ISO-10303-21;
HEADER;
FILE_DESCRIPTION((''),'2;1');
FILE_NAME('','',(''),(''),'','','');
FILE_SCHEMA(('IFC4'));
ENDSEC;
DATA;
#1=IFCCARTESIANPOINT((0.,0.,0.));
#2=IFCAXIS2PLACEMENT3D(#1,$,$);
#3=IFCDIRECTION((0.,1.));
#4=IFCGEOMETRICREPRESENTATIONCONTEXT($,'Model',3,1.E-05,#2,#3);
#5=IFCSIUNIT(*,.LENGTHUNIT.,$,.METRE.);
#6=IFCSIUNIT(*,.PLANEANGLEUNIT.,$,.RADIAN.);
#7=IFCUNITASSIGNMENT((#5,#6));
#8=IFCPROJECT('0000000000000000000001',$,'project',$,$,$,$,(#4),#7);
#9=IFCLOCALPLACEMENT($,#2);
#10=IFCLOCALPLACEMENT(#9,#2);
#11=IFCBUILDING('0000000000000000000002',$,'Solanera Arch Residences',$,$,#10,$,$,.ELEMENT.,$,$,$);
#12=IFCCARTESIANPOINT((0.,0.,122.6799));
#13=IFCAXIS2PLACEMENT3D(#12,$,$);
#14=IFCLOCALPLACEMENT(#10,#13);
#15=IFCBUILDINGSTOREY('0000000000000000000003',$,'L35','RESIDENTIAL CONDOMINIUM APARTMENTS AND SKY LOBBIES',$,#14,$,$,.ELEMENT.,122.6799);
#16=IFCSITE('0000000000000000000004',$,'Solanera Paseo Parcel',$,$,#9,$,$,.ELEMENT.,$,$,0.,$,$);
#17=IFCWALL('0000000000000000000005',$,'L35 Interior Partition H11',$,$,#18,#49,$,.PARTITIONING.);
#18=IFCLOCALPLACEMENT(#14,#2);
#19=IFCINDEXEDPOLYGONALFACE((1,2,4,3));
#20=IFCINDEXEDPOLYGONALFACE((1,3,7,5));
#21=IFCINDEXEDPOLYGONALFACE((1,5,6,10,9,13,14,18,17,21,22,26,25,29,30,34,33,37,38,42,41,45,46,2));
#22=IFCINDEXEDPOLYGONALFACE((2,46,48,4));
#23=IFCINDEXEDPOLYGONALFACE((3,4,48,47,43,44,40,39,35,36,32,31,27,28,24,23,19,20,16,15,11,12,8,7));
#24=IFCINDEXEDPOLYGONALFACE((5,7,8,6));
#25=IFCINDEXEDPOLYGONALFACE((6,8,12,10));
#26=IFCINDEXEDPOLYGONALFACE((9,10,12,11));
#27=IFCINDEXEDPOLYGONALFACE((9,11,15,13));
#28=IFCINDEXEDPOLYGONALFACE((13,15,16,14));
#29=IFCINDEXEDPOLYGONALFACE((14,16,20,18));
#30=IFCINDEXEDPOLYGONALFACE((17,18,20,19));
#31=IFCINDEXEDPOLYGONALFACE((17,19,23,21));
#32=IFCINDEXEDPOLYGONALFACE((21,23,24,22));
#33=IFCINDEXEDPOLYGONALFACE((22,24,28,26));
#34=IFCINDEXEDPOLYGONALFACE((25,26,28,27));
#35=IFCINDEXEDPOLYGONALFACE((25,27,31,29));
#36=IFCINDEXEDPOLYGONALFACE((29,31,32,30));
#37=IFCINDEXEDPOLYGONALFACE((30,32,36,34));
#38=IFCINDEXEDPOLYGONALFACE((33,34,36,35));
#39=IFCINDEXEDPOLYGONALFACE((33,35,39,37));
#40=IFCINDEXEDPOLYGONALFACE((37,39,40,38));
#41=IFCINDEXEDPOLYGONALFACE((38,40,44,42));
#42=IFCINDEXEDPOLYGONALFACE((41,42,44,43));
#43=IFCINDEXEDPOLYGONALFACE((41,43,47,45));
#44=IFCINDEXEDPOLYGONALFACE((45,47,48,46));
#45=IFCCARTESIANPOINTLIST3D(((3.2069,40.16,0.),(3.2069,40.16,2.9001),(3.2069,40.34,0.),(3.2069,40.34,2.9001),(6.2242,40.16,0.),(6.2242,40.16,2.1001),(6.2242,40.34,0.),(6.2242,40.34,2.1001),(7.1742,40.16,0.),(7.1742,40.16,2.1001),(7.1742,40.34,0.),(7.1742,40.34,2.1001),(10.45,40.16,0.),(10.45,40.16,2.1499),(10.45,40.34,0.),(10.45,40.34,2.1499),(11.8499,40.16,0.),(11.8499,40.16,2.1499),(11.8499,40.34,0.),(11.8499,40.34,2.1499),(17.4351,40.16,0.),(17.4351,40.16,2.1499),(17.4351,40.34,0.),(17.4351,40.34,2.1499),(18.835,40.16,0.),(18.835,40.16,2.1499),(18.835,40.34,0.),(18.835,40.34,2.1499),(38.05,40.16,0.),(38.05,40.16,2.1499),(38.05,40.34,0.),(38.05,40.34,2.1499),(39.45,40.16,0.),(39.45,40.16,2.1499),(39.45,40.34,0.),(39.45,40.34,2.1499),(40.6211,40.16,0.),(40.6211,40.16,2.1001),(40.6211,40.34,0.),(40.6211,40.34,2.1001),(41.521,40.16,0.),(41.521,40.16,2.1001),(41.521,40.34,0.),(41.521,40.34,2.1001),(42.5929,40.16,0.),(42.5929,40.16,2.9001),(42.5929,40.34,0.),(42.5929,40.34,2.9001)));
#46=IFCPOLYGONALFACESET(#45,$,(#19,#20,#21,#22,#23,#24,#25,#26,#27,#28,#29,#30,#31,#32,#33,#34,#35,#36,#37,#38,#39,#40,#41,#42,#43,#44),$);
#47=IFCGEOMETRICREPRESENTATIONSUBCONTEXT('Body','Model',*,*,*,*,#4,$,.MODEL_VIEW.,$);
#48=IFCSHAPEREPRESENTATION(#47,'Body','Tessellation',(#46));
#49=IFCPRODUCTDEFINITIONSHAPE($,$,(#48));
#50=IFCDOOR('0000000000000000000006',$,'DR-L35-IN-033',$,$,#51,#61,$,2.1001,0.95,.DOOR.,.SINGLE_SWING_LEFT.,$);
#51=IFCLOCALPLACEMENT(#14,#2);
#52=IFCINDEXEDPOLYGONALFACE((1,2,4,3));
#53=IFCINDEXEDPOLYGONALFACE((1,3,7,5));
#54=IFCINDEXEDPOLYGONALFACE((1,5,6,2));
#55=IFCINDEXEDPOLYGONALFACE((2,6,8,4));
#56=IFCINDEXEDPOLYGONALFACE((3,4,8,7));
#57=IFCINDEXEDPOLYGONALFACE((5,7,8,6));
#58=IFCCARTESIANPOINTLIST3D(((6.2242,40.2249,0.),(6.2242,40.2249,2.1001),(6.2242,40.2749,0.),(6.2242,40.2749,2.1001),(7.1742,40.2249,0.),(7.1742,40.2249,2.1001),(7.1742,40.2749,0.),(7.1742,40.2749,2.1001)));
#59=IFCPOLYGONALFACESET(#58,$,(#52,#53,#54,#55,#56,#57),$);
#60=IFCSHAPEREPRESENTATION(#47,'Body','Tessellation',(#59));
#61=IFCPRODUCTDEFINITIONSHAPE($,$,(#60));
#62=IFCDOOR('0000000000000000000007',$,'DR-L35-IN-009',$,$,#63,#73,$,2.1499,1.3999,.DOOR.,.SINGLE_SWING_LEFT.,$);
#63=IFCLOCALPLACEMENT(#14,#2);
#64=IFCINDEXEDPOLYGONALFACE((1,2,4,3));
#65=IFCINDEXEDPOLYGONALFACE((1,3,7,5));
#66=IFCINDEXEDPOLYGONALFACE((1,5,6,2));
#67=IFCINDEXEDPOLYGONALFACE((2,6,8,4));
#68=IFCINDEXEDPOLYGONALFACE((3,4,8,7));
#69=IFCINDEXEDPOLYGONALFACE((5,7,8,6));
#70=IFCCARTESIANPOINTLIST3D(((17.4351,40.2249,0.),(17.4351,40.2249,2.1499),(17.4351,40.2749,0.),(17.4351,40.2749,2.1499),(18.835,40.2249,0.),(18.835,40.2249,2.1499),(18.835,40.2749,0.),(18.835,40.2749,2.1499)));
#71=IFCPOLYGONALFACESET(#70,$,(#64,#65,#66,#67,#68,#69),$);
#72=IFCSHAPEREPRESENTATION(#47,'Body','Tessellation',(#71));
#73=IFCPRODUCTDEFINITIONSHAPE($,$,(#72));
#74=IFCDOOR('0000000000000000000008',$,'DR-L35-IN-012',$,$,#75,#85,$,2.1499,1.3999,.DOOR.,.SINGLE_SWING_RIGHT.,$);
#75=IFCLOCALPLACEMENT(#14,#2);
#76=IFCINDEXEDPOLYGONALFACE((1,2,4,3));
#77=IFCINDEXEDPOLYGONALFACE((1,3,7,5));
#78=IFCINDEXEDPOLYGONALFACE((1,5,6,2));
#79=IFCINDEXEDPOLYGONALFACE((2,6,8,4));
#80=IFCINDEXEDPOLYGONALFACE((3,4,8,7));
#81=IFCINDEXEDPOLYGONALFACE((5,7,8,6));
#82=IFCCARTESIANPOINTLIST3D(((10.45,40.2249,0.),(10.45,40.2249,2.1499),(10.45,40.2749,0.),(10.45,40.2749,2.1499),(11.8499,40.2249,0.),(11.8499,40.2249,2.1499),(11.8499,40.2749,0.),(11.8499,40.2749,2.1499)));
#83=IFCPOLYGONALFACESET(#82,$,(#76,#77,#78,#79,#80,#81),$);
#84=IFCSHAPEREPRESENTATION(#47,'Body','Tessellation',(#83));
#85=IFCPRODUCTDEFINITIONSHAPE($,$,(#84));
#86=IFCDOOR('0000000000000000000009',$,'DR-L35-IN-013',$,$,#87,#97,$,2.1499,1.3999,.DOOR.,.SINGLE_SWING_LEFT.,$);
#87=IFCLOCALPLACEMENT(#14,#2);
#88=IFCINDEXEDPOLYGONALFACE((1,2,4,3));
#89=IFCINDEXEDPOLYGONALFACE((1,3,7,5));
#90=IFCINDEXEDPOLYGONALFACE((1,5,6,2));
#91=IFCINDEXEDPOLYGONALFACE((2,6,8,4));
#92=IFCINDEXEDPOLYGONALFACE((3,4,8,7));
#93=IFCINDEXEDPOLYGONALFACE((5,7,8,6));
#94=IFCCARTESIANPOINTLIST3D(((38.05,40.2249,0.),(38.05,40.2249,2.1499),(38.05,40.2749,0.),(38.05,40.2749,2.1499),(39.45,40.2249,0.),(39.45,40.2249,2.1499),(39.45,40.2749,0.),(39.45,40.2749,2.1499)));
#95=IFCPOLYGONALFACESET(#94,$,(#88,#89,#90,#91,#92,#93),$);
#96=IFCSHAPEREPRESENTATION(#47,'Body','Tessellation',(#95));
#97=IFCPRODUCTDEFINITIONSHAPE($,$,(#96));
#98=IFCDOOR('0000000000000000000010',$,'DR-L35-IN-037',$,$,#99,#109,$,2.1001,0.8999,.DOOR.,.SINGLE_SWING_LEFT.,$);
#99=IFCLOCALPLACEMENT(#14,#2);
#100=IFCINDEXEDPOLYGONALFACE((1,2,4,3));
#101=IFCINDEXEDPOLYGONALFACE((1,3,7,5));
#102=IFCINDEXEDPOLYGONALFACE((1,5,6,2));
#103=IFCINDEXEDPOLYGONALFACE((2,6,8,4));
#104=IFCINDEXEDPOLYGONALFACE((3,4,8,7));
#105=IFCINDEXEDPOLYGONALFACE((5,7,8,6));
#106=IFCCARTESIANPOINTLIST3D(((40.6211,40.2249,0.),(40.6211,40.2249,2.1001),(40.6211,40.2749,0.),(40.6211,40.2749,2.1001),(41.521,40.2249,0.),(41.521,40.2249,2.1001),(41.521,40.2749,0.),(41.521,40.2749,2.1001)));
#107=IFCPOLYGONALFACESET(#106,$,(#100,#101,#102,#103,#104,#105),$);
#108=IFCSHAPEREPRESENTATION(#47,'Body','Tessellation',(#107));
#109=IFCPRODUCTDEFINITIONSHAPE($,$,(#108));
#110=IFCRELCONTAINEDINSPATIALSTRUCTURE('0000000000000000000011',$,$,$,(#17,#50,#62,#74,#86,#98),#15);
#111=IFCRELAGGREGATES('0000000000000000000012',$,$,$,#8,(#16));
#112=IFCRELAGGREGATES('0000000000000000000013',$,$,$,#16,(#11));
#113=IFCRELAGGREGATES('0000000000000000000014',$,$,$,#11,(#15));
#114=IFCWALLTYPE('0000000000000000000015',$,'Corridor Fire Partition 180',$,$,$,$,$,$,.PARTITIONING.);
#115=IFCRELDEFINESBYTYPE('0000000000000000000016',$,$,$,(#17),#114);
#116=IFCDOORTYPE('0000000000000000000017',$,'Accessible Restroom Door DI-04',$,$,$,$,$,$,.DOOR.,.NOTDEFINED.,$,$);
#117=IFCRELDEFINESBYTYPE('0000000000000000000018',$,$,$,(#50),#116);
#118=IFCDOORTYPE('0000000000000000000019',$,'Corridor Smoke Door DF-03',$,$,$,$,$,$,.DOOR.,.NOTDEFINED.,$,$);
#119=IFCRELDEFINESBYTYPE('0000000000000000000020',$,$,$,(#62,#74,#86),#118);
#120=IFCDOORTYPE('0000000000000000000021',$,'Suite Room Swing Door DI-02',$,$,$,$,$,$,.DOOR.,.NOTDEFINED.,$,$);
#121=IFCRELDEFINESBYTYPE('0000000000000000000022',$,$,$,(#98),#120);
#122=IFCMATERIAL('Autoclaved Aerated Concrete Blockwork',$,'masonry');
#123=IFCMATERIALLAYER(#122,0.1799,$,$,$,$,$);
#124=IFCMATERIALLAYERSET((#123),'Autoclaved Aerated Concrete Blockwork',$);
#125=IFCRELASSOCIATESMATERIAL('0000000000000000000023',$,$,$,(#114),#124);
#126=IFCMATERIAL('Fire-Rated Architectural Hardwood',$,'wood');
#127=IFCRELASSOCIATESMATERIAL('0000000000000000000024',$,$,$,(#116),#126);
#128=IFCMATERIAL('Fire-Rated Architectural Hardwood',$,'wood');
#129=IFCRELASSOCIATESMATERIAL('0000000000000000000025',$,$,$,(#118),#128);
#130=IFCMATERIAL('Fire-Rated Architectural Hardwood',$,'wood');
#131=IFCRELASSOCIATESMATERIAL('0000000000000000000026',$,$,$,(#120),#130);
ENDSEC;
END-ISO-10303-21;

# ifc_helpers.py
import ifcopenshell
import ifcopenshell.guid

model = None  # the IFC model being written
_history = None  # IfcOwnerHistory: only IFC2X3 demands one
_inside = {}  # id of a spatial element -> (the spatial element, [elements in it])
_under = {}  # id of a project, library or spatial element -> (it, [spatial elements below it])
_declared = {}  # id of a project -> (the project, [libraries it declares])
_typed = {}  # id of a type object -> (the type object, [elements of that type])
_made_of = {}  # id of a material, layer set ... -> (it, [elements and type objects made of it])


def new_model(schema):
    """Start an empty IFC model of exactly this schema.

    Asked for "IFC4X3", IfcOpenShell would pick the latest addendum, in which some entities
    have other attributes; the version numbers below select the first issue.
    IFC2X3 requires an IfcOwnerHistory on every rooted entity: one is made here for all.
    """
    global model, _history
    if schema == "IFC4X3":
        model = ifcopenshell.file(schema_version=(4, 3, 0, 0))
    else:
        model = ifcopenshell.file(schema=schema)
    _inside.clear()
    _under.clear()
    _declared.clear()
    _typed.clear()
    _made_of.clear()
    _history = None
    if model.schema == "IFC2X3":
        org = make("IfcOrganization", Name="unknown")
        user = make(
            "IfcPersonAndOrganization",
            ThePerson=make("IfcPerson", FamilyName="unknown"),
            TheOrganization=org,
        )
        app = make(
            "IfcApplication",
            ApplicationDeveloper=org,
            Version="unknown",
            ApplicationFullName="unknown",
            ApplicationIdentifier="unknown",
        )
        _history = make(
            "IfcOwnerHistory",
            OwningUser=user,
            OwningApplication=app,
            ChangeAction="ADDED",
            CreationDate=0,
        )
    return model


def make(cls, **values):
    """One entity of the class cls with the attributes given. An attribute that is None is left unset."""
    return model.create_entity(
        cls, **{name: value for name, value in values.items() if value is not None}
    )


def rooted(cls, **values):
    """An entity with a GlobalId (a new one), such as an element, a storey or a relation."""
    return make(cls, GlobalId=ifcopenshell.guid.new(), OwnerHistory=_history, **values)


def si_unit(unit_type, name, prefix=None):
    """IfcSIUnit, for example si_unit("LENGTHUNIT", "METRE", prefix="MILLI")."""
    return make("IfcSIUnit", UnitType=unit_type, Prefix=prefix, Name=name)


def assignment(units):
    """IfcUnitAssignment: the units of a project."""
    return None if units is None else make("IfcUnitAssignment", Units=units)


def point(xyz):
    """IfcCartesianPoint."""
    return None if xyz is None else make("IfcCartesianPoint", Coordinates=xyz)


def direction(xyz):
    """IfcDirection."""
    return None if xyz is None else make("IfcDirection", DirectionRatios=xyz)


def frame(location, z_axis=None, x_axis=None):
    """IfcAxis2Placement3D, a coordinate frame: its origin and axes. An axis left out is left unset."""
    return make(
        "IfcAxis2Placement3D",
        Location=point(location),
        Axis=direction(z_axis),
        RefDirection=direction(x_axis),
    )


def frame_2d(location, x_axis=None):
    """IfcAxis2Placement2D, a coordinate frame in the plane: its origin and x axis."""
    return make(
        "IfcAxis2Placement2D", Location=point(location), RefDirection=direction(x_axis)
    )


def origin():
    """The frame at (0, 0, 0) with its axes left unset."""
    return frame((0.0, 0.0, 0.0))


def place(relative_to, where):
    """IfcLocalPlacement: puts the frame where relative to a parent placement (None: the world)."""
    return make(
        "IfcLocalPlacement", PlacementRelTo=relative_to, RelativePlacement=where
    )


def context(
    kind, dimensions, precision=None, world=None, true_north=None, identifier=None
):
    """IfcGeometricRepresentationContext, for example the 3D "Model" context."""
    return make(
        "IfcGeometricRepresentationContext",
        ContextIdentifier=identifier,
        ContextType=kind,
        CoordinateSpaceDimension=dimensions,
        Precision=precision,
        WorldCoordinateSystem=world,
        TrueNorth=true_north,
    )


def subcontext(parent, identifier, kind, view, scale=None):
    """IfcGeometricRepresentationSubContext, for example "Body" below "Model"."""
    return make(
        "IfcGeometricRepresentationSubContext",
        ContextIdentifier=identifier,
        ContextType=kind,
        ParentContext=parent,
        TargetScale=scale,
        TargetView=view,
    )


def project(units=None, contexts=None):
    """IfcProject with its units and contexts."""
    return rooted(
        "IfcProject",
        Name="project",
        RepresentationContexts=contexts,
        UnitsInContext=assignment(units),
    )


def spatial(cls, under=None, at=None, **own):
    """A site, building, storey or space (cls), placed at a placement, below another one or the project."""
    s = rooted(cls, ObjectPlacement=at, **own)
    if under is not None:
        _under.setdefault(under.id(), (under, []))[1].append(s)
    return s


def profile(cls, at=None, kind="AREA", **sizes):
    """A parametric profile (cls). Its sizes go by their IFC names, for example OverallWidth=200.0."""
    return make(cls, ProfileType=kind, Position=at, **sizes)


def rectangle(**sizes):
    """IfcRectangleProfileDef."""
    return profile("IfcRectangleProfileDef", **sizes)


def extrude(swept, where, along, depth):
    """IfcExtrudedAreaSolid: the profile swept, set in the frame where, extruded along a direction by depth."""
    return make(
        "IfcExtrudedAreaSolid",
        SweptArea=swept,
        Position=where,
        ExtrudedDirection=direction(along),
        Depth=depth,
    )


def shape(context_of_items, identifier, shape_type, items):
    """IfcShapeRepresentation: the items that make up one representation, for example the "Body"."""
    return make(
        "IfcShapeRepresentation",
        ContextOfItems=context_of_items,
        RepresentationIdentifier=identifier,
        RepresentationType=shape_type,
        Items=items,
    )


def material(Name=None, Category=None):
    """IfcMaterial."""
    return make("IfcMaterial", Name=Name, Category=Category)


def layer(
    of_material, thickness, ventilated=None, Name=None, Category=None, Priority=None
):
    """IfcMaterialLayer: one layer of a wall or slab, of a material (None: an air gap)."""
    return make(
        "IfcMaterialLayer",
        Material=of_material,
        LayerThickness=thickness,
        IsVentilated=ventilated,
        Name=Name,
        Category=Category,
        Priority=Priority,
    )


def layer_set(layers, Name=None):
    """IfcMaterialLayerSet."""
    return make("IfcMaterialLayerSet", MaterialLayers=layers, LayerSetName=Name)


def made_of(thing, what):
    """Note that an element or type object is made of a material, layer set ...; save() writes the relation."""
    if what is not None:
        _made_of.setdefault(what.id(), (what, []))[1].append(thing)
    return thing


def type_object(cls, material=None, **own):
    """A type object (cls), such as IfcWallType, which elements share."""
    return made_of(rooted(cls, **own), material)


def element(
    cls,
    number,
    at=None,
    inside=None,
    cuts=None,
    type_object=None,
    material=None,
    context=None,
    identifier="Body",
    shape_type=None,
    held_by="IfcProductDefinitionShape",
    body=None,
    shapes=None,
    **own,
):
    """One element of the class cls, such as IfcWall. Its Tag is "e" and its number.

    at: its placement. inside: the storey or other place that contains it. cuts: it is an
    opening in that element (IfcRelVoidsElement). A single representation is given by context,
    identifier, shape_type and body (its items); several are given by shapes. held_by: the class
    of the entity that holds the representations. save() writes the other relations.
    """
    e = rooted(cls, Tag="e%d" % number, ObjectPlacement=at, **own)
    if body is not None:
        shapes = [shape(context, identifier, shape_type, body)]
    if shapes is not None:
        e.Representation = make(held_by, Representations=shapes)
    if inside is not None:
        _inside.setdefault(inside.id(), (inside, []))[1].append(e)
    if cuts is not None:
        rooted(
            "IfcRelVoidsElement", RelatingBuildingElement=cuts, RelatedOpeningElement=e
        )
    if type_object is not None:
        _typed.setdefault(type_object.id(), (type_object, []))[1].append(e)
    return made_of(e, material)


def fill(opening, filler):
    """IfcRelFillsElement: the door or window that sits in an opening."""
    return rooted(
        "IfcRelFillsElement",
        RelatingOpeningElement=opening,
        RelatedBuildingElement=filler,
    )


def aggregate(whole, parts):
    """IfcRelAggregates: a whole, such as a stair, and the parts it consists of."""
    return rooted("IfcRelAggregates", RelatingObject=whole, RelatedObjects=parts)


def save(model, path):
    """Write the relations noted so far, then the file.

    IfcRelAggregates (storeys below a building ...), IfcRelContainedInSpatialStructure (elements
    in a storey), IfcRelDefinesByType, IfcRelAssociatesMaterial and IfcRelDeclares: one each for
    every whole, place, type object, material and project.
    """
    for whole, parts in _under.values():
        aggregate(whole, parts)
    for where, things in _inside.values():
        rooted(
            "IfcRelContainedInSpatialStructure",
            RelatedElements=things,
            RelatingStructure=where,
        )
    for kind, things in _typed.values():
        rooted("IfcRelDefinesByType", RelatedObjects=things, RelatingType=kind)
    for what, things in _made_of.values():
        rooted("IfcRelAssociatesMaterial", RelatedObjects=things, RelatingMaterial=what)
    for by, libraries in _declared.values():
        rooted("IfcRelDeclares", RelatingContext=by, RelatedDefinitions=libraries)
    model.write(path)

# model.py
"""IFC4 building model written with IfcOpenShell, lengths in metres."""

from ifc_helpers import new_model, si_unit, direction, frame, frame_2d, origin, place, context, subcontext, project, spatial, rectangle, extrude, material, layer, layer_set, type_object, element, fill, save


model = new_model("IFC4")

# Units and contexts
model_context = context("Model", 3, precision=1e-05, world=origin(), true_north=direction((0.0, 1.0)))
body_context = subcontext(model_context, "Body", "Model", "MODEL_VIEW")
ifc_project = project(units=[si_unit("LENGTHUNIT", "METRE"), si_unit("PLANEANGLEUNIT", "RADIAN")], contexts=[model_context])

# Site, building, storey
site_placement = place(None, origin())
site = spatial("IfcSite", under=ifc_project, at=site_placement, Name="Solanera Paseo Parcel", CompositionType="ELEMENT", RefElevation=0.0)
building_placement = place(site_placement, origin())
building = spatial("IfcBuilding", under=site, at=building_placement, Name="Solanera Arch Residences", CompositionType="ELEMENT")
storey_placement = place(building_placement, frame((0.0, 0.0, 122.6799)))
storey = spatial("IfcBuildingStorey", under=building, at=storey_placement, Name="L35", Description="RESIDENTIAL CONDOMINIUM APARTMENTS AND SKY LOBBIES", CompositionType="ELEMENT", Elevation=122.6799)

# Wall, openings, doors
ifc_material_1 = material(Name="Autoclaved Aerated Concrete Blockwork", Category="masonry")
ifc_layer_1 = layer(ifc_material_1, 0.1799)
ifc_layer_set_1 = layer_set([ifc_layer_1], Name="Autoclaved Aerated Concrete Blockwork")
wall_type_1 = type_object("IfcWallType", Name="Corridor Fire Partition 180", PredefinedType="PARTITIONING", material=ifc_layer_set_1)
wall_1_placement = place(storey_placement, frame((3.207, 40.25, 0.0), z_axis=(0.0, 0.0, 1.0), x_axis=(1.0, 0.0, 0.0)))
wall_1 = element("IfcWall", 1, at=wall_1_placement, inside=storey, type_object=wall_type_1, Name="L35 Interior Partition H11", PredefinedType="PARTITIONING", context=body_context, shape_type="SweptSolid", body=[
    extrude(rectangle(XDim=39.386, YDim=0.1799, at=frame_2d((19.6929, 0.0))), origin(), (0.0, 0.0, 1.0), 2.9001),
])
opening_1_placement = place(wall_1_placement, frame((14.228, 0.0, 0.0)))
opening_1 = element("IfcOpeningElement", 2, at=opening_1_placement, cuts=wall_1, PredefinedType="OPENING", context=body_context, shape_type="SweptSolid", body=[
    extrude(rectangle(XDim=1.3999, YDim=2.1499, at=frame_2d((0.7, 1.075))), frame((0.0, 0.1001, 0.0), z_axis=(0.0, -1.0, 0.0), x_axis=(1.0, 0.0, 0.0)), (0.0, 0.0, 1.0), 0.1999),
])
opening_2_placement = place(wall_1_placement, frame((7.2429, 0.0, 0.0)))
opening_2 = element("IfcOpeningElement", 3, at=opening_2_placement, cuts=wall_1, PredefinedType="OPENING", context=body_context, shape_type="SweptSolid", body=[
    extrude(rectangle(XDim=1.3999, YDim=2.1499, at=frame_2d((0.7, 1.075))), frame((0.0, 0.1001, 0.0), z_axis=(0.0, -1.0, 0.0), x_axis=(1.0, 0.0, 0.0)), (0.0, 0.0, 1.0), 0.1999),
])
opening_3_placement = place(wall_1_placement, frame((34.843, 0.0, 0.0)))
opening_3 = element("IfcOpeningElement", 4, at=opening_3_placement, cuts=wall_1, PredefinedType="OPENING", context=body_context, shape_type="SweptSolid", body=[
    extrude(rectangle(XDim=1.3999, YDim=2.1499, at=frame_2d((0.7, 1.075))), frame((0.0, 0.1001, 0.0), z_axis=(0.0, -1.0, 0.0), x_axis=(1.0, 0.0, 0.0)), (0.0, 0.0, 1.0), 0.1999),
])
opening_4_placement = place(wall_1_placement, frame((3.0171, 0.0, 0.0)))
opening_4 = element("IfcOpeningElement", 5, at=opening_4_placement, cuts=wall_1, PredefinedType="OPENING", context=body_context, shape_type="SweptSolid", body=[
    extrude(rectangle(XDim=0.95, YDim=2.1001, at=frame_2d((0.4751, 1.05))), frame((0.0, 0.1001, 0.0), z_axis=(0.0, -1.0, 0.0), x_axis=(1.0, 0.0, 0.0)), (0.0, 0.0, 1.0), 0.1999),
])
opening_5_placement = place(wall_1_placement, frame((37.4141, 0.0, 0.0)))
opening_5 = element("IfcOpeningElement", 6, at=opening_5_placement, cuts=wall_1, PredefinedType="OPENING", context=body_context, shape_type="SweptSolid", body=[
    extrude(rectangle(XDim=0.8999, YDim=2.1001, at=frame_2d((0.45, 1.05))), frame((0.0, 0.1001, 0.0), z_axis=(0.0, -1.0, 0.0), x_axis=(1.0, 0.0, 0.0)), (0.0, 0.0, 1.0), 0.1999),
])
ifc_material_2 = material(Name="Fire-Rated Architectural Hardwood", Category="wood")
door_type_1 = type_object("IfcDoorType", Name="Accessible Restroom Door DI-04", OperationType="NOTDEFINED", PredefinedType="DOOR", material=ifc_material_2)
door_1_placement = place(opening_4_placement, origin())
door_1 = element("IfcDoor", 7, at=door_1_placement, inside=storey, type_object=door_type_1, Name="DR-L35-IN-033", OperationType="SINGLE_SWING_LEFT", OverallHeight=2.1001, OverallWidth=0.95, PredefinedType="DOOR", context=body_context, shape_type="SweptSolid", body=[
    extrude(rectangle(XDim=0.95, YDim=2.1001, at=frame_2d((0.4751, 1.05))), frame((0.0, 0.0249, 0.0), z_axis=(0.0, -1.0, 0.0), x_axis=(1.0, 0.0, 0.0)), (0.0, 0.0, 1.0), 0.05),
])
fill(opening_4, door_1)
ifc_material_3 = material(Name="Fire-Rated Architectural Hardwood", Category="wood")
door_type_2 = type_object("IfcDoorType", Name="Corridor Smoke Door DF-03", OperationType="NOTDEFINED", PredefinedType="DOOR", material=ifc_material_3)
door_2_placement = place(opening_1_placement, origin())
door_2 = element("IfcDoor", 8, at=door_2_placement, inside=storey, type_object=door_type_2, Name="DR-L35-IN-009", OperationType="SINGLE_SWING_LEFT", OverallHeight=2.1499, OverallWidth=1.3999, PredefinedType="DOOR", context=body_context, shape_type="SweptSolid", body=[
    extrude(rectangle(XDim=1.3999, YDim=2.1499, at=frame_2d((0.7, 1.075))), frame((0.0, 0.0249, 0.0), z_axis=(0.0, -1.0, 0.0), x_axis=(1.0, 0.0, 0.0)), (0.0, 0.0, 1.0), 0.05),
])
fill(opening_1, door_2)
door_3_placement = place(opening_2_placement, origin())
door_3 = element("IfcDoor", 9, at=door_3_placement, inside=storey, type_object=door_type_2, Name="DR-L35-IN-012", OperationType="SINGLE_SWING_RIGHT", OverallHeight=2.1499, OverallWidth=1.3999, PredefinedType="DOOR", context=body_context, shape_type="SweptSolid", body=[
    extrude(rectangle(XDim=1.3999, YDim=2.1499, at=frame_2d((0.7, 1.075))), frame((0.0, 0.0249, 0.0), z_axis=(0.0, -1.0, 0.0), x_axis=(1.0, 0.0, 0.0)), (0.0, 0.0, 1.0), 0.05),
])
fill(opening_2, door_3)
door_4_placement = place(opening_3_placement, origin())
door_4 = element("IfcDoor", 10, at=door_4_placement, inside=storey, type_object=door_type_2, Name="DR-L35-IN-013", OperationType="SINGLE_SWING_LEFT", OverallHeight=2.1499, OverallWidth=1.3999, PredefinedType="DOOR", context=body_context, shape_type="SweptSolid", body=[
    extrude(rectangle(XDim=1.3999, YDim=2.1499, at=frame_2d((0.7, 1.075))), frame((0.0, 0.0249, 0.0), z_axis=(0.0, -1.0, 0.0), x_axis=(1.0, 0.0, 0.0)), (0.0, 0.0, 1.0), 0.05),
])
fill(opening_3, door_4)
ifc_material_4 = material(Name="Fire-Rated Architectural Hardwood", Category="wood")
door_type_3 = type_object("IfcDoorType", Name="Suite Room Swing Door DI-02", OperationType="NOTDEFINED", PredefinedType="DOOR", material=ifc_material_4)
door_5_placement = place(opening_5_placement, origin())
door_5 = element("IfcDoor", 11, at=door_5_placement, inside=storey, type_object=door_type_3, Name="DR-L35-IN-037", OperationType="SINGLE_SWING_LEFT", OverallHeight=2.1001, OverallWidth=0.8999, PredefinedType="DOOR", context=body_context, shape_type="SweptSolid", body=[
    extrude(rectangle(XDim=0.8999, YDim=2.1001, at=frame_2d((0.45, 1.05))), frame((0.0, 0.0249, 0.0), z_axis=(0.0, -1.0, 0.0), x_axis=(1.0, 0.0, 0.0)), (0.0, 0.0, 1.0), 0.05),
])
fill(opening_5, door_5)

save(model, "model.ifc")
